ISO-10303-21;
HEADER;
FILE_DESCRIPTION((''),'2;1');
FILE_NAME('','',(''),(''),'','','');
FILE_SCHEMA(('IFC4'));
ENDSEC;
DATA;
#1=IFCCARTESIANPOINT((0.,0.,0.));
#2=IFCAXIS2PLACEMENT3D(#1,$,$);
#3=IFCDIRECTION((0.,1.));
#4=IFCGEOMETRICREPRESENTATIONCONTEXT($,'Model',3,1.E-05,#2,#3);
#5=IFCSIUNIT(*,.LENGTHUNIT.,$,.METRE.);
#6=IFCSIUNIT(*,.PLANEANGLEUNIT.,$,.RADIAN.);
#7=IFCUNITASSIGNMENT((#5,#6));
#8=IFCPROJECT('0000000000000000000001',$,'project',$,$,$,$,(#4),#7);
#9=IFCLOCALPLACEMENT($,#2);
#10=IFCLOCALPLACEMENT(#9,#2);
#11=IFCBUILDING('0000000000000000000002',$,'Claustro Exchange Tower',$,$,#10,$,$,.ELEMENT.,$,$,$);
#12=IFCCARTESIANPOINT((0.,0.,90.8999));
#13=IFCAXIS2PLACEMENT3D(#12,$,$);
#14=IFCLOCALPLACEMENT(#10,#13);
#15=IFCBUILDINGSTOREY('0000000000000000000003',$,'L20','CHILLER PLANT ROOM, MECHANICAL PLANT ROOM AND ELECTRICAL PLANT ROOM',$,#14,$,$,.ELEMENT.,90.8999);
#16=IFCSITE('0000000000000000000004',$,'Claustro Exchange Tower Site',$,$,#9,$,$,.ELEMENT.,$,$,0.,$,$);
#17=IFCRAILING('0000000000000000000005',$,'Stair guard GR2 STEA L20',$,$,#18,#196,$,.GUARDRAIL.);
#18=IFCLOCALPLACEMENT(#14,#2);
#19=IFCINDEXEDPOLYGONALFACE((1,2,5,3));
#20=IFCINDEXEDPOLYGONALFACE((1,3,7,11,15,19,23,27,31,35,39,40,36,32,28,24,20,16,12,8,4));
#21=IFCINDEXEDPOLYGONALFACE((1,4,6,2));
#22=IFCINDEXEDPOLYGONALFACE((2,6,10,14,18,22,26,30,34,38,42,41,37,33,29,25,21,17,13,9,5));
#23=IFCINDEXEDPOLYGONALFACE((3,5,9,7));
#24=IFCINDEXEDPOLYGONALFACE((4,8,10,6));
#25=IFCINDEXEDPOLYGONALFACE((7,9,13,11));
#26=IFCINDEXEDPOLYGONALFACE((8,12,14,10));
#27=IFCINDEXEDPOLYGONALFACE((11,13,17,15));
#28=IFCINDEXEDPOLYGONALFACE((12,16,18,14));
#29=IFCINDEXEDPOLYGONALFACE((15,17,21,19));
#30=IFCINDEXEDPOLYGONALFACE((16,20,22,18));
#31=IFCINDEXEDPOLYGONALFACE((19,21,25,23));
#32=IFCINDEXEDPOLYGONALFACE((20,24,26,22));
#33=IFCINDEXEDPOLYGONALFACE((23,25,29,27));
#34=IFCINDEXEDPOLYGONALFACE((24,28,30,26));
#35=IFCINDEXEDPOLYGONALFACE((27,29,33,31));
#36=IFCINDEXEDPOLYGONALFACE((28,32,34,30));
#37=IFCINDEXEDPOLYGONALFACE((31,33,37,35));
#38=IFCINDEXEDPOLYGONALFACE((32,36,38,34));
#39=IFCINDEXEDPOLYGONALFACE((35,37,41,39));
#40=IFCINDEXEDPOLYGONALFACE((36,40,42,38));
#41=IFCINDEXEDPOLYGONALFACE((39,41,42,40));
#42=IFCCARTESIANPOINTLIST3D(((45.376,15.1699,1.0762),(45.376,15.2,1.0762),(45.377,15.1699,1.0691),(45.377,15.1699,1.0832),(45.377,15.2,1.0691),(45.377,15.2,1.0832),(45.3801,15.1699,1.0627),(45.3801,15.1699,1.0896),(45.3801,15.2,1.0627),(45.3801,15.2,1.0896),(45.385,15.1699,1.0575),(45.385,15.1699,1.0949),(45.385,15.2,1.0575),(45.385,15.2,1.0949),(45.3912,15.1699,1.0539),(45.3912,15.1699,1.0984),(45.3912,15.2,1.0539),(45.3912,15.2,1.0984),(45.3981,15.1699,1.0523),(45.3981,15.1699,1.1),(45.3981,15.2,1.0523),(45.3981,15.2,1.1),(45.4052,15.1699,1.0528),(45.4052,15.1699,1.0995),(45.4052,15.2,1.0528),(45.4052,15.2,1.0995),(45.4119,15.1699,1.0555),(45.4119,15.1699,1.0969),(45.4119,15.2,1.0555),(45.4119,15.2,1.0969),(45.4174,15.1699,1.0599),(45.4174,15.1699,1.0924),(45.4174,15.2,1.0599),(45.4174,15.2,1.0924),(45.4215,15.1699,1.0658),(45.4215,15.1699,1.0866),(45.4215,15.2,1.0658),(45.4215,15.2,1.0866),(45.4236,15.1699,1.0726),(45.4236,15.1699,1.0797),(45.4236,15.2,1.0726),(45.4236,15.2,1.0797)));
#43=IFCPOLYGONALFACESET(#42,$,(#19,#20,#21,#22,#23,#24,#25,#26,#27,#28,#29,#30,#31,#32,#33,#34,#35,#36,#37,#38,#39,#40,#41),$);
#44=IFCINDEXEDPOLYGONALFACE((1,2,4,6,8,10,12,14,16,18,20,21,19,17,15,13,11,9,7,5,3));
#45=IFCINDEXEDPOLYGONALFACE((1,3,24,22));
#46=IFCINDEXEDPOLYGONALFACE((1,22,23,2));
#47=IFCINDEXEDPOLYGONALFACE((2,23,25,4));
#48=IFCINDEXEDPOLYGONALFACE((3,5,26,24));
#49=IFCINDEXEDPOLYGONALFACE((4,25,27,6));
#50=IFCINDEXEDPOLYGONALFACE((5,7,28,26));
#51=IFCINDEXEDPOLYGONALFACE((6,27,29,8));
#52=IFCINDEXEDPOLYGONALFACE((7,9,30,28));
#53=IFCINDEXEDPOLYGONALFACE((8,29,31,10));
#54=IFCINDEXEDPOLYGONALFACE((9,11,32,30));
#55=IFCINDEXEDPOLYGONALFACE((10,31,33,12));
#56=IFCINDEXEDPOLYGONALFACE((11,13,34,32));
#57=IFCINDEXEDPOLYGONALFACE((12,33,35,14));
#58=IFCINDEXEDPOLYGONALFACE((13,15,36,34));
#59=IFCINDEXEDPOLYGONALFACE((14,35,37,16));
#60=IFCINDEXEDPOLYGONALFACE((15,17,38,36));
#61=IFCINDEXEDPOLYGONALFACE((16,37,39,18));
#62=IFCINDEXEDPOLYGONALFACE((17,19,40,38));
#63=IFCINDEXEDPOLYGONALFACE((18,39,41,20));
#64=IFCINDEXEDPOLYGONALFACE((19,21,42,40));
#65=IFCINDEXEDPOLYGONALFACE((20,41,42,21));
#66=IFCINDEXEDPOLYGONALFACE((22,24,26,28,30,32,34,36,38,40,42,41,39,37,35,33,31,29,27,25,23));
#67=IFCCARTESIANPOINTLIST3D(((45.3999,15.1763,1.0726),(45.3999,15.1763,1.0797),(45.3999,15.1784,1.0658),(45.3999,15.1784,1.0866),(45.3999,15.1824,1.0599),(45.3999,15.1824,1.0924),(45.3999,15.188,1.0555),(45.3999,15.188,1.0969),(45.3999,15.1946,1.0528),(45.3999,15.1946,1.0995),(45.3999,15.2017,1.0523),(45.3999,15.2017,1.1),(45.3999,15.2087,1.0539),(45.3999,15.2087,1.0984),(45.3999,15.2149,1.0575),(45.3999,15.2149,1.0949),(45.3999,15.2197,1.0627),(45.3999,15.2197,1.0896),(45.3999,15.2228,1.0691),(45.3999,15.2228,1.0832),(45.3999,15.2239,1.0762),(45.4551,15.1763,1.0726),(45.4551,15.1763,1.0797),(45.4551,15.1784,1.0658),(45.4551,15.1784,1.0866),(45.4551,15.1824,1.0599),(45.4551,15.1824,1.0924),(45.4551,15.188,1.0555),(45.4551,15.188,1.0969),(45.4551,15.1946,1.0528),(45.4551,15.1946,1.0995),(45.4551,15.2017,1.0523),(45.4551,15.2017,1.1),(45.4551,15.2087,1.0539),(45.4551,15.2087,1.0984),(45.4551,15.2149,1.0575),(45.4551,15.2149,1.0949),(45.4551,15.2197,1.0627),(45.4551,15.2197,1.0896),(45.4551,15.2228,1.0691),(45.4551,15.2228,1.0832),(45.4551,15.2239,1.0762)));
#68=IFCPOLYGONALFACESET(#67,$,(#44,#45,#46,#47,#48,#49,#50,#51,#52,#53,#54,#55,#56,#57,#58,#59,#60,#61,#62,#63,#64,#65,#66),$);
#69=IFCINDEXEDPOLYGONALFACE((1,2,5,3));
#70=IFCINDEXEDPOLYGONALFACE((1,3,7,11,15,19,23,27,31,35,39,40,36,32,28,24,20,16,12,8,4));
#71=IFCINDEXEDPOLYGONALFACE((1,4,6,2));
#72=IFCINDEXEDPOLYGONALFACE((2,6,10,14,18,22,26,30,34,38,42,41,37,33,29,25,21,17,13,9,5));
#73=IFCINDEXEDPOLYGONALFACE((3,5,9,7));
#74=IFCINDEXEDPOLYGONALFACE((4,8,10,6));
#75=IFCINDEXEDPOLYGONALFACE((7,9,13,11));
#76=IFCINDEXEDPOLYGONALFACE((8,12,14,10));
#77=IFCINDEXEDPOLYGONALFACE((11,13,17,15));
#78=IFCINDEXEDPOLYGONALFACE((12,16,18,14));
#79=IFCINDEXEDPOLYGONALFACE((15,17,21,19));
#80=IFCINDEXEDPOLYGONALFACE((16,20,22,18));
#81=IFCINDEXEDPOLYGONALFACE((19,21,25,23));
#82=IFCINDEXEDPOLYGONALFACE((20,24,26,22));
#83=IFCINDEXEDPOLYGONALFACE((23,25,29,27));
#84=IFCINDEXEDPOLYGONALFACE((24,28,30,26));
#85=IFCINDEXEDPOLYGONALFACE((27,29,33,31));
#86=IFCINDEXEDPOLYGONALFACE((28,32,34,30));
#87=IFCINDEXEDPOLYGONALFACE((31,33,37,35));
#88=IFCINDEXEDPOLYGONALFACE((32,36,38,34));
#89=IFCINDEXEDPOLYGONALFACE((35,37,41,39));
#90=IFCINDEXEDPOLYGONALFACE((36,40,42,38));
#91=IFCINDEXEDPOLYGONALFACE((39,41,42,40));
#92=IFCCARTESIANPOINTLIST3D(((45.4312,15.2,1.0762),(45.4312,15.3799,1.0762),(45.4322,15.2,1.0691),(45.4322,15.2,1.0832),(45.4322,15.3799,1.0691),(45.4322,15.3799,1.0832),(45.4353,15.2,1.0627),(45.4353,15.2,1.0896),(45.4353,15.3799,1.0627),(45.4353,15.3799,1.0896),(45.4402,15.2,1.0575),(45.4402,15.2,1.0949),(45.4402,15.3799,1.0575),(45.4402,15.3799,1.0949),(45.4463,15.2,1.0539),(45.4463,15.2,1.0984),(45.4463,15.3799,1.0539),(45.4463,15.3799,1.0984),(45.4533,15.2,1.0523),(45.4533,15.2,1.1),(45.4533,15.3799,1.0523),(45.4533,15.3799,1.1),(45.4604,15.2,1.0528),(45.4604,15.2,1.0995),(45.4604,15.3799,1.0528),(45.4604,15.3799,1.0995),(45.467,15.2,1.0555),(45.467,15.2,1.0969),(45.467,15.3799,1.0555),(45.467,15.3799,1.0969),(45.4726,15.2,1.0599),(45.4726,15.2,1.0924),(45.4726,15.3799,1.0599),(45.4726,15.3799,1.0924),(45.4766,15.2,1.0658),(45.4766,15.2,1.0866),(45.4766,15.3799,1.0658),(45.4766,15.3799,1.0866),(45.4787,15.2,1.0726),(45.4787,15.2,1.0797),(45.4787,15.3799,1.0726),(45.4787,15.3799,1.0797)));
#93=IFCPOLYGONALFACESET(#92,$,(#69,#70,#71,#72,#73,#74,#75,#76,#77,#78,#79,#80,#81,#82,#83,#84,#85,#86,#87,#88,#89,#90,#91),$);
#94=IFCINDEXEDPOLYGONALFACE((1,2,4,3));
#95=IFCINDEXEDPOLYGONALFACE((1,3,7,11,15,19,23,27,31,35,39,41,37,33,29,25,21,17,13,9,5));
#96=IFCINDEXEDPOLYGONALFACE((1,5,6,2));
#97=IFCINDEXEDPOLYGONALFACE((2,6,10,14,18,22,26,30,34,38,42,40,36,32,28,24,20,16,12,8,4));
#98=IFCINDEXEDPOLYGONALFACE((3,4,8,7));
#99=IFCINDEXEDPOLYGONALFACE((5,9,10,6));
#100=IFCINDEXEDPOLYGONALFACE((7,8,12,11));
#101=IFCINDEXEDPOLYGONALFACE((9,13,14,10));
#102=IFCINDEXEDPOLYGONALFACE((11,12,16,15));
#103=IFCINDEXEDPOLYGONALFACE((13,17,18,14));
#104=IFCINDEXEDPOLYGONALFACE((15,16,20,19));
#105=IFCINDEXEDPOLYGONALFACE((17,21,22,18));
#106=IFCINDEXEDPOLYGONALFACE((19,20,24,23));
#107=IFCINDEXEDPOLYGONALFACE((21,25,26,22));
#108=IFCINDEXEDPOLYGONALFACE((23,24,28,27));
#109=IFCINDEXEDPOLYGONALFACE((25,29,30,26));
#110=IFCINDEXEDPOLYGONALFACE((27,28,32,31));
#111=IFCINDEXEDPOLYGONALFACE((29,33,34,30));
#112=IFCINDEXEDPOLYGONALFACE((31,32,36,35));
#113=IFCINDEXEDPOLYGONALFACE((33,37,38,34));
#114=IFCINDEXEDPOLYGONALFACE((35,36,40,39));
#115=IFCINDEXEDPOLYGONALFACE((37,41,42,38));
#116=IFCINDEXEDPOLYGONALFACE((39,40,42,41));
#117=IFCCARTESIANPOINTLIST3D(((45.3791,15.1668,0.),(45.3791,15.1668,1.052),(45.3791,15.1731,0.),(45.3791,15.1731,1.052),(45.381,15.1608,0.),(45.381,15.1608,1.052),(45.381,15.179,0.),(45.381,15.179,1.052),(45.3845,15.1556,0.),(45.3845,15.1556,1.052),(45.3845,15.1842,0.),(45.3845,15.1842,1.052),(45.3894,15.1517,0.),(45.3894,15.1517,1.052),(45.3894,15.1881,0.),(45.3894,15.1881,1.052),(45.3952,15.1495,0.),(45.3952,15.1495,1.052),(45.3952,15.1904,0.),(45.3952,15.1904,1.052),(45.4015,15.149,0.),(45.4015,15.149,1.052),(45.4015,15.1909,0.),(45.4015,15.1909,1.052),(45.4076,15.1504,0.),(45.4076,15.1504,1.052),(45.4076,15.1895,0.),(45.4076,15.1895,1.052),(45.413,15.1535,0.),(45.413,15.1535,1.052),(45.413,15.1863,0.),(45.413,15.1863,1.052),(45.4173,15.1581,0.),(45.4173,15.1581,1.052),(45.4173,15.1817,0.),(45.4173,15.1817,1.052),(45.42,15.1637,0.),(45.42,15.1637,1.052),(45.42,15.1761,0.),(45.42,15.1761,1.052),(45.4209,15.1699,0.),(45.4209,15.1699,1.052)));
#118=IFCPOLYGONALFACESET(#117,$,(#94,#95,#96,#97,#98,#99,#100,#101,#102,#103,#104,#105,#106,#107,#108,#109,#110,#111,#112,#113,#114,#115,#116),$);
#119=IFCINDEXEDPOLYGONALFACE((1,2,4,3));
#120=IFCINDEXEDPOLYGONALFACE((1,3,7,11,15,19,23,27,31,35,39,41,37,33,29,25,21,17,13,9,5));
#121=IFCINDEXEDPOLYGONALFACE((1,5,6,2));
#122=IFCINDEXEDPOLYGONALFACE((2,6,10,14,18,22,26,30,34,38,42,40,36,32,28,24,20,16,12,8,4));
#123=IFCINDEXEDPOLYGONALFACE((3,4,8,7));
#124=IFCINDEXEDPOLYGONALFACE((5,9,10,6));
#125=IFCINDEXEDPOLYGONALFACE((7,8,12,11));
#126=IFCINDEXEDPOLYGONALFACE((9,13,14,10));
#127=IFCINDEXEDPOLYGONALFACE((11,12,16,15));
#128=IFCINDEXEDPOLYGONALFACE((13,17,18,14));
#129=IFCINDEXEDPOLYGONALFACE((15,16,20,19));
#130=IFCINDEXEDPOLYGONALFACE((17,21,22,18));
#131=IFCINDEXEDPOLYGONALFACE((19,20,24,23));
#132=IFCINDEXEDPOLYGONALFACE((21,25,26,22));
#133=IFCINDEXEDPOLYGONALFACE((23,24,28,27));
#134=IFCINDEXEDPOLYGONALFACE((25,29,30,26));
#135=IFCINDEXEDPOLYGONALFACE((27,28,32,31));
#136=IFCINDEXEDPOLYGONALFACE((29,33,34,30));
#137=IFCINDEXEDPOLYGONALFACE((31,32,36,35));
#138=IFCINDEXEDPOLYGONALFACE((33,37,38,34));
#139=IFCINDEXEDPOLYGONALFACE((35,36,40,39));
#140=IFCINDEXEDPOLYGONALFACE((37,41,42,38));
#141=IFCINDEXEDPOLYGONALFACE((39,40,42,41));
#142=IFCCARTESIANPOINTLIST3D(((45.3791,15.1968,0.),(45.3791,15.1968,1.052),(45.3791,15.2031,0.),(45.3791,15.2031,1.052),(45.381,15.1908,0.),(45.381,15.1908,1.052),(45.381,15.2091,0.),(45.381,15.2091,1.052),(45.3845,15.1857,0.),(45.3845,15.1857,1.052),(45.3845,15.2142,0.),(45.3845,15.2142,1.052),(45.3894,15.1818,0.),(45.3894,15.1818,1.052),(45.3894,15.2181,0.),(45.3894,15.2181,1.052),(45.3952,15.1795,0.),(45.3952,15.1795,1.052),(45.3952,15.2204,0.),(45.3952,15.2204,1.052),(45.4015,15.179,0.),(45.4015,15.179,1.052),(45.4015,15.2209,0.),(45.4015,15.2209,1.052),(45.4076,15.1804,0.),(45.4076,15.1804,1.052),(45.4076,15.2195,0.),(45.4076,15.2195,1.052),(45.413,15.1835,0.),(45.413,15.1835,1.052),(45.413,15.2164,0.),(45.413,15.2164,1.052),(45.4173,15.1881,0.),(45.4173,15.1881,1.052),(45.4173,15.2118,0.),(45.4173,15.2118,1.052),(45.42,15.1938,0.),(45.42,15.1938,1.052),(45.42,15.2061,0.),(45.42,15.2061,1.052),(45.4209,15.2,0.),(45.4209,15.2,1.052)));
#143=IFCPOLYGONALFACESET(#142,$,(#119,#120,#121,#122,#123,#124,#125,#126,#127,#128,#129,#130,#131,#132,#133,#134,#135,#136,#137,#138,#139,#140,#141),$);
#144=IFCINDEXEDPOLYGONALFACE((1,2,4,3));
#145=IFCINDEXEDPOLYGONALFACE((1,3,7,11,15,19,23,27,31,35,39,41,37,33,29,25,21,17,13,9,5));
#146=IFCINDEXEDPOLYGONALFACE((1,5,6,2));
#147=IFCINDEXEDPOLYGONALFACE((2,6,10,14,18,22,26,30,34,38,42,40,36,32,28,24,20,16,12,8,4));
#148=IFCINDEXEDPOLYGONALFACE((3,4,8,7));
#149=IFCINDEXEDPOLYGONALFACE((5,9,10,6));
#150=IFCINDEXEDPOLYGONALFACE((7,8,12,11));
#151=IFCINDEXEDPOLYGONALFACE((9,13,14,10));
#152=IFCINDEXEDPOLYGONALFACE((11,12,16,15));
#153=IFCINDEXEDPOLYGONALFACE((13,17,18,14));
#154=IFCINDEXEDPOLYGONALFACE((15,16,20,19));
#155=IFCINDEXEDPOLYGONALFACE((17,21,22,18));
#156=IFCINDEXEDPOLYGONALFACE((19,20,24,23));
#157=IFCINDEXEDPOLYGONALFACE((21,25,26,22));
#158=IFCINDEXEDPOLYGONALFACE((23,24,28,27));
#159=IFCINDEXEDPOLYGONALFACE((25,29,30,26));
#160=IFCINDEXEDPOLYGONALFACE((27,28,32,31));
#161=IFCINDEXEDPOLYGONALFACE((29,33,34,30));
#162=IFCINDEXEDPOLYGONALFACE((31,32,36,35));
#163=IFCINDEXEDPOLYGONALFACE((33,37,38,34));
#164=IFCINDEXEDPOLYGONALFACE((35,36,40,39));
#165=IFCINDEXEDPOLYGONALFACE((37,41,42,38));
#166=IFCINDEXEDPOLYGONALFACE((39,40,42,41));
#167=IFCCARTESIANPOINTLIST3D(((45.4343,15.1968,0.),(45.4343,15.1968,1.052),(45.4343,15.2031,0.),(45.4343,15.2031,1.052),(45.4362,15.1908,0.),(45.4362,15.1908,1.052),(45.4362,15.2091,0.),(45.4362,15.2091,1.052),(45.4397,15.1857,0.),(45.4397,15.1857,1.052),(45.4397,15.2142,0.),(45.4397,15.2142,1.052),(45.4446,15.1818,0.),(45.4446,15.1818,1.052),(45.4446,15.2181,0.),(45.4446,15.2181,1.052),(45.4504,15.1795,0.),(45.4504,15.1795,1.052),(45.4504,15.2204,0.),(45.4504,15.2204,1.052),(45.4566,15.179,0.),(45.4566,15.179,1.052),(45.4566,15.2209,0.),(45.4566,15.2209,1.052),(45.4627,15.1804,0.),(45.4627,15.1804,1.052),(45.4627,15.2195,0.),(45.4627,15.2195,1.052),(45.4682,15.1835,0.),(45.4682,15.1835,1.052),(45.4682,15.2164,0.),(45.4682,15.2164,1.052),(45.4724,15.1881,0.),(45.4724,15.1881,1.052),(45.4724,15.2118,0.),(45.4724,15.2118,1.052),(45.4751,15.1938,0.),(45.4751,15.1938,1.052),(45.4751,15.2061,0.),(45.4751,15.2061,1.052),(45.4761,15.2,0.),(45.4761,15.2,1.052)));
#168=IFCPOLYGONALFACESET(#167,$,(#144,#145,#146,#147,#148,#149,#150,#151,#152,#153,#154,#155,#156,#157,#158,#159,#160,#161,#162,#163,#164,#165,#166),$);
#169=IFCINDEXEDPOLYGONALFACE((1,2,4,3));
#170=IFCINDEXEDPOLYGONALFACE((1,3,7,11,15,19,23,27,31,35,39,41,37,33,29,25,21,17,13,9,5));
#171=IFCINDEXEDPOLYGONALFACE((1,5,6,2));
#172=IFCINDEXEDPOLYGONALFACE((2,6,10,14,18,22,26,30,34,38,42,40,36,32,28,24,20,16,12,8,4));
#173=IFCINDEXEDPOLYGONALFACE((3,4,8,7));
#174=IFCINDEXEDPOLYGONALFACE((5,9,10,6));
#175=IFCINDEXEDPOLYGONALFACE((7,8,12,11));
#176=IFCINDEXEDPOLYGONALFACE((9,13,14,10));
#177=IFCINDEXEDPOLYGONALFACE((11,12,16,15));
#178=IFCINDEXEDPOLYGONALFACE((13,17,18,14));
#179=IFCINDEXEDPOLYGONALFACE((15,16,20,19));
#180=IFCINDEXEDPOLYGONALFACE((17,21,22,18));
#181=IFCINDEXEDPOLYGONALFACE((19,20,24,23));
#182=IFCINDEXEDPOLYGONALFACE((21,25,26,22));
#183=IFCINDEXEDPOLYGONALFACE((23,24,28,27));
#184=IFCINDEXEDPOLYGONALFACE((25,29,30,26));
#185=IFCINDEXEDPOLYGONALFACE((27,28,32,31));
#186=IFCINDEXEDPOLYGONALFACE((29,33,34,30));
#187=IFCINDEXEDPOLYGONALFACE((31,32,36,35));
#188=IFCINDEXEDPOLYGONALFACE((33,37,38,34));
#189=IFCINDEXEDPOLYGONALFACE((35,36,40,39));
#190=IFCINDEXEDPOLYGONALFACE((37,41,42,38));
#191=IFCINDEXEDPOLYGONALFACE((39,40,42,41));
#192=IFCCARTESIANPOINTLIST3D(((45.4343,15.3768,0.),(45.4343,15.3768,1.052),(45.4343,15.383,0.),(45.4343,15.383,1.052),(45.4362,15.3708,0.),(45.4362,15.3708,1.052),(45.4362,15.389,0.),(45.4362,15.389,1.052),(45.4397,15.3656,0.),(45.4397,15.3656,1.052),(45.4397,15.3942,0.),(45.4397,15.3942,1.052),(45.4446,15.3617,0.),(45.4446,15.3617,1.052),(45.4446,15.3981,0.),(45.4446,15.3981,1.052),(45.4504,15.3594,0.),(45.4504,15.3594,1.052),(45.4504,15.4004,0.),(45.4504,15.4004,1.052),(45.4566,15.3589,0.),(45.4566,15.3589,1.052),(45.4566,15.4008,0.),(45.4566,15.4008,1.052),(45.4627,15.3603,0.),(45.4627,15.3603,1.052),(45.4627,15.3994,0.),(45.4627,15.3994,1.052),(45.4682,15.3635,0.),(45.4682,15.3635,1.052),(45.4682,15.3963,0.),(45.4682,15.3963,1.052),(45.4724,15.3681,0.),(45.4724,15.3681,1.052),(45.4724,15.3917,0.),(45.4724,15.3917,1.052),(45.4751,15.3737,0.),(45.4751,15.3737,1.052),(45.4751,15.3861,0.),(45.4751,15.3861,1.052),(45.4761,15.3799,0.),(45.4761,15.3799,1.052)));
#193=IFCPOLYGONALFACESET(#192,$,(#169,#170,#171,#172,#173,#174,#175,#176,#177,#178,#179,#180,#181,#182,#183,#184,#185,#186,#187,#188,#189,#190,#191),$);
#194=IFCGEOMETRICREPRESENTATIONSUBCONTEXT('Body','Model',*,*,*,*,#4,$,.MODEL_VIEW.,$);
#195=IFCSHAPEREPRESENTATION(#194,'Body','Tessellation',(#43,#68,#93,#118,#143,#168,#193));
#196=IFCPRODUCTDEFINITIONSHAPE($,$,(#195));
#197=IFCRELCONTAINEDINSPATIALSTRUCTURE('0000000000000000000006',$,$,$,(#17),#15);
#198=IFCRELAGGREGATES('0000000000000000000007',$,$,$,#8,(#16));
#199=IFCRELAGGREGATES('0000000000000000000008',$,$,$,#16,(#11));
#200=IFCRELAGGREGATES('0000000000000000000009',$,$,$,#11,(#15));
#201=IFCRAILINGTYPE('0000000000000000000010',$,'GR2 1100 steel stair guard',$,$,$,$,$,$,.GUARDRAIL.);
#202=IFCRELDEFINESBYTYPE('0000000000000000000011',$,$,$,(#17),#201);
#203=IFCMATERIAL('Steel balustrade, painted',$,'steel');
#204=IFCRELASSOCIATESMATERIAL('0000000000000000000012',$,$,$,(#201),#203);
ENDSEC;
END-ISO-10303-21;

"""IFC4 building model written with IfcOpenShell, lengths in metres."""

from ifc_helpers import new_model, si_unit, direction, frame, origin, origin_2d, place, context, subcontext, project, spatial, circle, extrude, material, type_object, element, save


model = new_model("IFC4")

# Units and contexts
model_context = context("Model", 3, precision=1e-05, world=origin(), true_north=direction((0.0, 1.0)))
body_context = subcontext(model_context, "Body", "Model", "MODEL_VIEW")
ifc_project = project(units=[si_unit("LENGTHUNIT", "METRE"), si_unit("PLANEANGLEUNIT", "RADIAN")], contexts=[model_context])

# Site, building, storey
site_placement = place(None, origin())
site = spatial("IfcSite", under=ifc_project, at=site_placement, Name="Claustro Exchange Tower Site", CompositionType="ELEMENT", RefElevation=0.0)
building_placement = place(site_placement, origin())
building = spatial("IfcBuilding", under=site, at=building_placement, Name="Claustro Exchange Tower", CompositionType="ELEMENT")
storey_placement = place(building_placement, frame((0.0, 0.0, 90.8999)))
storey = spatial("IfcBuildingStorey", under=building, at=storey_placement, Name="L20", Description="CHILLER PLANT ROOM, MECHANICAL PLANT ROOM AND ELECTRICAL PLANT ROOM", CompositionType="ELEMENT", Elevation=90.8999)

# Railing
ifc_material_1 = material(Name="Steel balustrade, painted", Category="steel")
railing_type_1 = type_object("IfcRailingType", Name="GR2 1100 steel stair guard", PredefinedType="GUARDRAIL", material=ifc_material_1)
railing_1_placement = place(storey_placement, frame((45.3999, 15.1699, 0.0)))
element("IfcRailing", 1, at=railing_1_placement, inside=storey, type_object=railing_type_1, Name="Stair guard GR2 STEA L20", PredefinedType="GUARDRAIL", context=body_context, shape_type="SweptSolid", body=[
    extrude(circle(Radius=0.0239, at=origin_2d()), frame((0.0, 0.0, 1.0762), z_axis=(0.0, 1.0, 0.0), x_axis=(-1.0, 0.0, 0.0)), (0.0, 0.0, 1.0), 0.03),
    extrude(circle(Radius=0.0239, at=origin_2d()), frame((0.0, 0.03, 1.0762), z_axis=(1.0, 0.0, 0.0), x_axis=(0.0, 1.0, 0.0)), (0.0, 0.0, 1.0), 0.0552),
    extrude(circle(Radius=0.0239, at=origin_2d()), frame((0.0552, 0.03, 1.0762), z_axis=(0.0, 1.0, 0.0), x_axis=(-1.0, 0.0, 0.0)), (0.0, 0.0, 1.0), 0.1799),
    extrude(circle(Radius=0.021, at=origin_2d()), origin(), (0.0, 0.0, 1.0), 1.052),
    extrude(circle(Radius=0.021, at=origin_2d()), frame((0.0, 0.03, 0.0)), (0.0, 0.0, 1.0), 1.052),
    extrude(circle(Radius=0.021, at=origin_2d()), frame((0.0552, 0.03, 0.0)), (0.0, 0.0, 1.0), 1.052),
    extrude(circle(Radius=0.021, at=origin_2d()), frame((0.0552, 0.21, 0.0)), (0.0, 0.0, 1.0), 1.052),
])

save(model, "model.ifc")
